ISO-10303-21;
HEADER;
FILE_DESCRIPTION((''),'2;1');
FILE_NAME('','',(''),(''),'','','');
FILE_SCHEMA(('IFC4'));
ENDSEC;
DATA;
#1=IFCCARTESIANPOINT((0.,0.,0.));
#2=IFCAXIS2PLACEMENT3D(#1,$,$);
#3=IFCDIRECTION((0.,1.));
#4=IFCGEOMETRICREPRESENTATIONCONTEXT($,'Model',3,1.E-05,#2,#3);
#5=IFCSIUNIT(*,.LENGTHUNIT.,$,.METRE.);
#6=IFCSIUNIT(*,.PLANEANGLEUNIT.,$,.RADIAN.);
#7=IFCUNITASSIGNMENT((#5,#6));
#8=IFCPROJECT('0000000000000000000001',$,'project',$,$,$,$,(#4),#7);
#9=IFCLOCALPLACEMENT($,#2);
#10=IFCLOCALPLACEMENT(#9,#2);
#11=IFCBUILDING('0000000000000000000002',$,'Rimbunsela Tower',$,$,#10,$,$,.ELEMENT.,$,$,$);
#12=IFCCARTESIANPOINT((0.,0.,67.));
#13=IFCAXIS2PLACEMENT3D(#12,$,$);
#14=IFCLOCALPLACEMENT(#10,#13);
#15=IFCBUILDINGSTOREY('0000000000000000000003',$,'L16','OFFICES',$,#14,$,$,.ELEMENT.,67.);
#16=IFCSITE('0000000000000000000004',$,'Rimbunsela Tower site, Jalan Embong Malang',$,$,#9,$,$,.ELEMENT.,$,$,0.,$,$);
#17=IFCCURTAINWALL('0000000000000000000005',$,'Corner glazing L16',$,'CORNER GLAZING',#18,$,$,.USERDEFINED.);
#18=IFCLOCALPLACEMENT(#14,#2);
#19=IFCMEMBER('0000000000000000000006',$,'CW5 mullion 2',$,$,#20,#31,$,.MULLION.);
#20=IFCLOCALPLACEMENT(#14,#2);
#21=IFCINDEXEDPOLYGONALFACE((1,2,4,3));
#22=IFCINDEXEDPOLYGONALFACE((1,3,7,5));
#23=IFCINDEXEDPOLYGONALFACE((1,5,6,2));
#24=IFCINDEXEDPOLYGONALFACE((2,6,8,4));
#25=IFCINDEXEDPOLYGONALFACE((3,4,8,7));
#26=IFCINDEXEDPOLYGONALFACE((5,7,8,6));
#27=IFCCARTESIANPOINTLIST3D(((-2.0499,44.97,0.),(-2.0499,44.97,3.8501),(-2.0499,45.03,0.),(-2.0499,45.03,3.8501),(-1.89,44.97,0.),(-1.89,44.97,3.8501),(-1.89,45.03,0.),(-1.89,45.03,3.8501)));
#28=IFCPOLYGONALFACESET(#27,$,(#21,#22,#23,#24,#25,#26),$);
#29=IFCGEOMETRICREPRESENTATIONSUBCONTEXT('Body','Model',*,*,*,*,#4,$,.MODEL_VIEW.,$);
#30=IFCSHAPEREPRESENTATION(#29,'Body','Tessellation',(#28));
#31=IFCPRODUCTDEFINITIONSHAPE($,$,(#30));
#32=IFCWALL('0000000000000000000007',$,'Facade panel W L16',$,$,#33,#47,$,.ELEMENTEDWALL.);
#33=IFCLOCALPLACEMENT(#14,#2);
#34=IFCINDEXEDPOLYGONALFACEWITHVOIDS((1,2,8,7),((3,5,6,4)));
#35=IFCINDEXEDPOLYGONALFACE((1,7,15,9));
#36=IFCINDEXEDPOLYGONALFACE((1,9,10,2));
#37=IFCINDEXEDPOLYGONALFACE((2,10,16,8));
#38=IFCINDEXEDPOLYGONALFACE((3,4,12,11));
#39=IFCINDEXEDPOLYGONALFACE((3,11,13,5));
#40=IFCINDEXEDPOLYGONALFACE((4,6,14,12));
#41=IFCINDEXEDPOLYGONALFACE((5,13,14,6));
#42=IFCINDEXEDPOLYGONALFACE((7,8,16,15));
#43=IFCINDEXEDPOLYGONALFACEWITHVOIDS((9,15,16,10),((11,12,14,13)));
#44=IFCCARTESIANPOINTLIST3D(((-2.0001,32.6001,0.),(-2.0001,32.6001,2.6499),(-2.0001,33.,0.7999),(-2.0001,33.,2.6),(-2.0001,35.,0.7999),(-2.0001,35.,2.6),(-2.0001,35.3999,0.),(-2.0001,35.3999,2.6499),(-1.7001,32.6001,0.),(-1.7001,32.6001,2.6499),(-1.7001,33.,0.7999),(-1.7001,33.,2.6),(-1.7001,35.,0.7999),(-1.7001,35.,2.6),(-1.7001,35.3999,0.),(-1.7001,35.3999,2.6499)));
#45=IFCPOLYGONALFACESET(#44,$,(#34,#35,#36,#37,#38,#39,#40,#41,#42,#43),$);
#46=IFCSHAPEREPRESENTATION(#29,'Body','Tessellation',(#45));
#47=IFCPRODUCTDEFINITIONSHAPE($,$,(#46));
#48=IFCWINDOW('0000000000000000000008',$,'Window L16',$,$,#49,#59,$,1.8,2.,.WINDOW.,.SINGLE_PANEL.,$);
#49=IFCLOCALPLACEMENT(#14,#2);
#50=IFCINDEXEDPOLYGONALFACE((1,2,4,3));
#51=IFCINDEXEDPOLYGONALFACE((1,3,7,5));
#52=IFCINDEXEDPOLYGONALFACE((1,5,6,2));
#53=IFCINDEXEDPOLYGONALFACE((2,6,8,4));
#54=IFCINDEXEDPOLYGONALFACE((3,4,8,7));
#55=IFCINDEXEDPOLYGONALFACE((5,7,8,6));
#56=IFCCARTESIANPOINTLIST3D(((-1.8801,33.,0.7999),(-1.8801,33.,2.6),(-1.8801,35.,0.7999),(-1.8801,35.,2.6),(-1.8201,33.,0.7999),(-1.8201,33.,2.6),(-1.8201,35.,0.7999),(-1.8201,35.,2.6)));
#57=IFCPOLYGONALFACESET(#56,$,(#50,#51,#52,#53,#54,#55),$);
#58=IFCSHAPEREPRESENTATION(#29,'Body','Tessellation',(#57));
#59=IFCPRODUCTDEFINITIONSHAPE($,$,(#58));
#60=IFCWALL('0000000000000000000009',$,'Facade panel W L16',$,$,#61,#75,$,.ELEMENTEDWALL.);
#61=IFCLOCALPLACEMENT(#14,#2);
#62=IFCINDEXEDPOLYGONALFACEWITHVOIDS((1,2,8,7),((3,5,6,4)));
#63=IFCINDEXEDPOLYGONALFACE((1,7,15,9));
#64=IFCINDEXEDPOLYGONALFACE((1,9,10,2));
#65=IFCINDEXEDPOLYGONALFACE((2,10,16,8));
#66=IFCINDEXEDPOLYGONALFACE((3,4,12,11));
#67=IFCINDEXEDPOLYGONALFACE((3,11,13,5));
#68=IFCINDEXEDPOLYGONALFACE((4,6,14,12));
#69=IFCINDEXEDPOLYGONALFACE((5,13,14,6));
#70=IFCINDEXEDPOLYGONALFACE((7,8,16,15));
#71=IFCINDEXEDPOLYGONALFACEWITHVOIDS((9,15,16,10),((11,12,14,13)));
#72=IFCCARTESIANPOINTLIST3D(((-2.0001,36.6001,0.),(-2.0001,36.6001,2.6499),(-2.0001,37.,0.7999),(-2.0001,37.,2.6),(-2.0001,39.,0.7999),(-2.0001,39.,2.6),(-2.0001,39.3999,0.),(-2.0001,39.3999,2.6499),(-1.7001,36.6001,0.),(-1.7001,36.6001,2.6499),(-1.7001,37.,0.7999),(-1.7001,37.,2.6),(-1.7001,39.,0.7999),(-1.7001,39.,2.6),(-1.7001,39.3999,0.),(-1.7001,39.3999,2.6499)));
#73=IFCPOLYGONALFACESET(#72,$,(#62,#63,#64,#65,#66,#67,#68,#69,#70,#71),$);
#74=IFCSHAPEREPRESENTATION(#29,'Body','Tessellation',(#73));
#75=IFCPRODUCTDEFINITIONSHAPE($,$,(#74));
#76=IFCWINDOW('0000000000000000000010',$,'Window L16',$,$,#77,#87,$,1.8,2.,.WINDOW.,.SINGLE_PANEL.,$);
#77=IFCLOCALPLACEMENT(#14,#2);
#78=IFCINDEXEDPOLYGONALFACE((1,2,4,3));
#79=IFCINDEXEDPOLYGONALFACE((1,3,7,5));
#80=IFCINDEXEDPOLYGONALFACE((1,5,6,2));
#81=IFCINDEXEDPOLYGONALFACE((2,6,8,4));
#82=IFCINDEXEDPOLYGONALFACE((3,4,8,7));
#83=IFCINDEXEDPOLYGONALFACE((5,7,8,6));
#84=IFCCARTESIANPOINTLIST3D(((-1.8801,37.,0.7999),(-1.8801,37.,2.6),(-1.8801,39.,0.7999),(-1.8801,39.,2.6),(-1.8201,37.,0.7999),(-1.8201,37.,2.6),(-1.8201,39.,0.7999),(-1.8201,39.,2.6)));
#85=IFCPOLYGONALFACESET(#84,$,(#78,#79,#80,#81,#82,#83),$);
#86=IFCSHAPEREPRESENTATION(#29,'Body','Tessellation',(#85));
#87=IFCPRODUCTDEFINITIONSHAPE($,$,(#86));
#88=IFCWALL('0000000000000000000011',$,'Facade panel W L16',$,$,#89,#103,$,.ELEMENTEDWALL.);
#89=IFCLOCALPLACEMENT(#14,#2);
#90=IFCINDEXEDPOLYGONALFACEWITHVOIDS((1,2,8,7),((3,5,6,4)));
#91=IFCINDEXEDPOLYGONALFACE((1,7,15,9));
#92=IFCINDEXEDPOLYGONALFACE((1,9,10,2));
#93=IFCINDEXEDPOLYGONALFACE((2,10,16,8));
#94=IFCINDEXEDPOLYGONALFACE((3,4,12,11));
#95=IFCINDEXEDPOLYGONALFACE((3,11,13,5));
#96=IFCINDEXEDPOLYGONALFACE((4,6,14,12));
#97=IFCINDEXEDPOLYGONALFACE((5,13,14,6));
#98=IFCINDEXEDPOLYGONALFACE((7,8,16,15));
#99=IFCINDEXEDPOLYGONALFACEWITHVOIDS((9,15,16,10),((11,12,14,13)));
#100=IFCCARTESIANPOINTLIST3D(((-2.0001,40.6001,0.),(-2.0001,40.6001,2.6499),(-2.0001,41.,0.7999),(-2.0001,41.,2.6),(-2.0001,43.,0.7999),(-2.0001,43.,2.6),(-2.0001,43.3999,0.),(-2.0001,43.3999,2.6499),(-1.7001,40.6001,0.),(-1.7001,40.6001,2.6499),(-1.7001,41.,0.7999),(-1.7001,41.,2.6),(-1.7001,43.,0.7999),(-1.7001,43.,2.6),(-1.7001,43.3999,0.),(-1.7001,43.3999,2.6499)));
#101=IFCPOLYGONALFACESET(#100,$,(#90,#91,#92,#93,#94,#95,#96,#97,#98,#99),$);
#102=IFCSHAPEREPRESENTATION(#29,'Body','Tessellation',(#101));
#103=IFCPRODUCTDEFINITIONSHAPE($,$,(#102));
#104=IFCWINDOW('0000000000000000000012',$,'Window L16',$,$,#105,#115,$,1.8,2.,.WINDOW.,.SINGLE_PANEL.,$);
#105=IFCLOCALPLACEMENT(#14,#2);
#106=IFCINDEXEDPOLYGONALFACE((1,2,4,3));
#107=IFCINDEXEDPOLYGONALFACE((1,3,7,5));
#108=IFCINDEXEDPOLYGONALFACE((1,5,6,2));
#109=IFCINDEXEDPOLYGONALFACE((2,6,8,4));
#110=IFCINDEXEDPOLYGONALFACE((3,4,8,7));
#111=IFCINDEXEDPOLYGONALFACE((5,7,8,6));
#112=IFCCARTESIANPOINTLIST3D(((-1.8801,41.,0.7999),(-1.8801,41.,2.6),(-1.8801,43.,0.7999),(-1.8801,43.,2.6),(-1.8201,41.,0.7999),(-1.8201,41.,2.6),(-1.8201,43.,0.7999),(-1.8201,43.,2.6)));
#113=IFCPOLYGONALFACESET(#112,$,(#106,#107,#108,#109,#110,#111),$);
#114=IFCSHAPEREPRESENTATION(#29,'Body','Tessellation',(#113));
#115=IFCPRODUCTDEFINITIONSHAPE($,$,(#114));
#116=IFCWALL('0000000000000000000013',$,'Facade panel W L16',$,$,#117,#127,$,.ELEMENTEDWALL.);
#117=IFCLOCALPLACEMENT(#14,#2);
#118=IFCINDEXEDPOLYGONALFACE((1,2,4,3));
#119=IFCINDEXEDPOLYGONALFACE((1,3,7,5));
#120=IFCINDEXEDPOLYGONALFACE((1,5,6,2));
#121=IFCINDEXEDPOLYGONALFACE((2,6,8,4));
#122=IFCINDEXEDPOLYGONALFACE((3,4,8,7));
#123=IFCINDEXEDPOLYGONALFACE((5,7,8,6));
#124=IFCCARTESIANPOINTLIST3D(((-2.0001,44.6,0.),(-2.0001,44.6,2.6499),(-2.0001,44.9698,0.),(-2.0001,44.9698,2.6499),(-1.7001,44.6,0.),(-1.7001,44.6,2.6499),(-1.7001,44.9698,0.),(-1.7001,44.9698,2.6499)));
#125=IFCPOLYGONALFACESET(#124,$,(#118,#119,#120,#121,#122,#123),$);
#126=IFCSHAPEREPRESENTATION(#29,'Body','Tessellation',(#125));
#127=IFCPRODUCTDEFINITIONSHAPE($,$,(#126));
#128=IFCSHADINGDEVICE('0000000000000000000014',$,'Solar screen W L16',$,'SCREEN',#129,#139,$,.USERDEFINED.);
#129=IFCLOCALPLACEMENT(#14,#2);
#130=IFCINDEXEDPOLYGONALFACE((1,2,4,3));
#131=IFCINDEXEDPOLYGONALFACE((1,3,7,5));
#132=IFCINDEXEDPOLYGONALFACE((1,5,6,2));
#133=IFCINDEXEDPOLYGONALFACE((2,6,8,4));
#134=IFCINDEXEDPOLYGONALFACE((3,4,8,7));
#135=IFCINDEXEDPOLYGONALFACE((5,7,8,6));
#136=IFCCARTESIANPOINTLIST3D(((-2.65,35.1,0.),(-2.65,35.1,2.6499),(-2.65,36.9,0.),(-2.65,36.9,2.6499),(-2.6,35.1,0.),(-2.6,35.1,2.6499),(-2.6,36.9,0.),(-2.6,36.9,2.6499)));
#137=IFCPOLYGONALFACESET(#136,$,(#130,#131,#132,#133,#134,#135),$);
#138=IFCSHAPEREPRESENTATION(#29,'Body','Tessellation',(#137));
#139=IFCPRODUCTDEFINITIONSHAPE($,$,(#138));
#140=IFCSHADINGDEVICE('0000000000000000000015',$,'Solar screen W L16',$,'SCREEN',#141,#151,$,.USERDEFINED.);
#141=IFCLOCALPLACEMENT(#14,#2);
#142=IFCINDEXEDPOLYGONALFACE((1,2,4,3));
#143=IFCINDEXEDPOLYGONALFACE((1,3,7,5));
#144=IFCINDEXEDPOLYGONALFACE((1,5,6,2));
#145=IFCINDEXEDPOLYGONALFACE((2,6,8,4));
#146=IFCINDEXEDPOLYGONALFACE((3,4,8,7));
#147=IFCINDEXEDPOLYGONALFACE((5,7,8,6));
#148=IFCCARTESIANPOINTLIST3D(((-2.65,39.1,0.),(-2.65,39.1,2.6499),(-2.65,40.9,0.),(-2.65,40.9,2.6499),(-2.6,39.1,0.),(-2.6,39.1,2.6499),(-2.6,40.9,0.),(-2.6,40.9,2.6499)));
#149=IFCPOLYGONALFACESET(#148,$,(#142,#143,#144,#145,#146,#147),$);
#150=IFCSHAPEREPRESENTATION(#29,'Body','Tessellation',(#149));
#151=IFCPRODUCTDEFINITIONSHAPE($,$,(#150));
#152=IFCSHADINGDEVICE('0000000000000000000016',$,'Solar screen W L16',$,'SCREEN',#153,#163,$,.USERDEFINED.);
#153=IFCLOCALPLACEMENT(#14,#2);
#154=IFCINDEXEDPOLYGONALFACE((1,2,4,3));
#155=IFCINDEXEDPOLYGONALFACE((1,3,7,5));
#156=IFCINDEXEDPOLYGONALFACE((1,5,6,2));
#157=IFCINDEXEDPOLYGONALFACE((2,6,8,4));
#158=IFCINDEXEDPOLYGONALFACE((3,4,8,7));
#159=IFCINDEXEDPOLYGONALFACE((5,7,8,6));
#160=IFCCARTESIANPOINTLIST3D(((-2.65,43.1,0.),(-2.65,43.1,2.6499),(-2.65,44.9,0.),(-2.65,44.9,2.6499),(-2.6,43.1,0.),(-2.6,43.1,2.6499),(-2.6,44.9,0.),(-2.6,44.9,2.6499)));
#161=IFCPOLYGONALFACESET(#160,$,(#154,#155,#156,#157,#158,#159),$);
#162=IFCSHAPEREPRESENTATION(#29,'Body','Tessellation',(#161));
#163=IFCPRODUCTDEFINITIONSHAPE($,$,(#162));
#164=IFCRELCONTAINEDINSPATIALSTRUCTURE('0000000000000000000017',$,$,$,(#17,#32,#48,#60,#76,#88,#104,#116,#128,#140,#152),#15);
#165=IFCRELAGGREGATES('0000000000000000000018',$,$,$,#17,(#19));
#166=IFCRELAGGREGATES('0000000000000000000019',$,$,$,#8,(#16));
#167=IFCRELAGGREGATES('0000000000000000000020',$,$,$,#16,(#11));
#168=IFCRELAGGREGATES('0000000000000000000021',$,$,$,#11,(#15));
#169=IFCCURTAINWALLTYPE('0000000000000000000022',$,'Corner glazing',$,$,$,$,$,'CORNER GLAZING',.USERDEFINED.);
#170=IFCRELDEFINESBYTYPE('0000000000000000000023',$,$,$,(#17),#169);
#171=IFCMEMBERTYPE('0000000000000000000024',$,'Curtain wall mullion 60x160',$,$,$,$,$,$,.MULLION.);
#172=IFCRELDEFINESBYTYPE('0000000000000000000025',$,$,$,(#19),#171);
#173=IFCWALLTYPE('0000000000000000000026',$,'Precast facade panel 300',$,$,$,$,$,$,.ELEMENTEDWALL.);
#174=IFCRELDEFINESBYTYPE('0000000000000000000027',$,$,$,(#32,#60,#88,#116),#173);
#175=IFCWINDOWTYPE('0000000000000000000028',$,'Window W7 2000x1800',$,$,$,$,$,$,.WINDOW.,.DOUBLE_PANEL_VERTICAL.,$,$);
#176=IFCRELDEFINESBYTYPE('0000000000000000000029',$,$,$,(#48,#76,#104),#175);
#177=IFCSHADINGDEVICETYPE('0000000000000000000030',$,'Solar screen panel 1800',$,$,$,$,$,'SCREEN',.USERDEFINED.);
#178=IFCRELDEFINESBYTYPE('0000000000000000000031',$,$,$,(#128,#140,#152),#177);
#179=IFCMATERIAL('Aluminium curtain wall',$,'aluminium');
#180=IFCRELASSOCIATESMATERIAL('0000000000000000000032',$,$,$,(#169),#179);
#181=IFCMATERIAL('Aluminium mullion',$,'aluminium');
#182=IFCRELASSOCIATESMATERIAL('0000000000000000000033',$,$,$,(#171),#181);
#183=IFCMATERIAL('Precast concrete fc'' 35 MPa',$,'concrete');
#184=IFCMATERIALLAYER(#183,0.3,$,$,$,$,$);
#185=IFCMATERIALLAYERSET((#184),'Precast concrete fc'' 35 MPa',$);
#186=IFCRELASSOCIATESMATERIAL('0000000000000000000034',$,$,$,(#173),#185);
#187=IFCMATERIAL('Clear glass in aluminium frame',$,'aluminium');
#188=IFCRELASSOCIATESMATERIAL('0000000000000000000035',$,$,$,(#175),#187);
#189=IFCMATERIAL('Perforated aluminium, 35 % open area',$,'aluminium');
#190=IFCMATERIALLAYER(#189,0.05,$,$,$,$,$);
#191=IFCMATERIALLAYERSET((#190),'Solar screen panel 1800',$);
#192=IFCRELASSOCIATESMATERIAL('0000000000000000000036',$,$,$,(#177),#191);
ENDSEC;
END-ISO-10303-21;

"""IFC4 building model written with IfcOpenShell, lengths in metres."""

from ifc_helpers import new_model, si_unit, direction, frame, frame_2d, origin, origin_2d, place, context, subcontext, project, spatial, rectangle, extrude, material, layer, layer_set, material_profile, profile_set, type_object, element, fill, aggregate, save


model = new_model("IFC4")

# Units and contexts
model_context = context("Model", 3, precision=1e-05, world=origin(), true_north=direction((0.0, 1.0)))
body_context = subcontext(model_context, "Body", "Model", "MODEL_VIEW")
ifc_project = project(units=[si_unit("LENGTHUNIT", "METRE"), si_unit("PLANEANGLEUNIT", "RADIAN")], contexts=[model_context])

# Site, building, storey
site_placement = place(None, origin())
site = spatial("IfcSite", under=ifc_project, at=site_placement, Name="Rimbunsela Tower site, Jalan Embong Malang", CompositionType="ELEMENT", RefElevation=0.0)
building_placement = place(site_placement, origin())
building = spatial("IfcBuilding", under=site, at=building_placement, Name="Rimbunsela Tower", CompositionType="ELEMENT")
storey_placement = place(building_placement, frame((0.0, 0.0, 67.0)))
storey = spatial("IfcBuildingStorey", under=building, at=storey_placement, Name="L16", Description="OFFICES", CompositionType="ELEMENT", Elevation=67.0)

# Curtain wall, member
ifc_material_1 = material(Name="Aluminium curtain wall", Category="aluminium")
curtain_wall_type = type_object("IfcCurtainWallType", Name="Corner glazing", ElementType="CORNER GLAZING", PredefinedType="USERDEFINED", material=ifc_material_1)
curtain_wall_placement = place(storey_placement, origin())
curtain_wall = element("IfcCurtainWall", 1, at=curtain_wall_placement, inside=storey, type_object=curtain_wall_type, Name="Corner glazing L16", ObjectType="CORNER GLAZING", PredefinedType="USERDEFINED")
ifc_material_2 = material(Name="Aluminium mullion", Category="aluminium")
ifc_material_profile_1 = material_profile(ifc_material_2, rectangle(XDim=0.0601, YDim=0.1599, at=origin_2d()), Name="Mullion 60x160")
ifc_profile_set_1 = profile_set([ifc_material_profile_1], Name="Aluminium mullion")
member_type = type_object("IfcMemberType", Name="Curtain wall mullion 60x160", PredefinedType="MULLION", material=ifc_profile_set_1)
member_placement = place(storey_placement, frame((-1.97, 45.0, 0.0), z_axis=(0.0, 0.0, 1.0), x_axis=(0.0, -1.0, 0.0)))
member = element("IfcMember", 2, at=member_placement, type_object=member_type, Name="CW5 mullion 2", PredefinedType="MULLION", context=body_context, shape_type="SweptSolid", body=[
    extrude(rectangle(XDim=0.0601, YDim=0.1599, at=origin_2d()), origin(), (0.0, 0.0, 1.0), 3.8501),
])
aggregate(curtain_wall, [member])

# Walls, openings, windows
ifc_material_3 = material(Name="Precast concrete fc' 35 MPa", Category="concrete")
ifc_layer_1 = layer(ifc_material_3, 0.3)
ifc_layer_set_1 = layer_set([ifc_layer_1], Name="Precast concrete fc' 35 MPa")
wall_type = type_object("IfcWallType", Name="Precast facade panel 300", PredefinedType="ELEMENTEDWALL", material=ifc_layer_set_1)
wall_1_placement = place(storey_placement, frame((-1.8501, 35.3999, 0.0), z_axis=(0.0, 0.0, 1.0), x_axis=(0.0, -1.0, 0.0)))
wall_1 = element("IfcWall", 3, at=wall_1_placement, inside=storey, type_object=wall_type, Name="Facade panel W L16", PredefinedType="ELEMENTEDWALL", context=body_context, shape_type="SweptSolid", body=[
    extrude(rectangle(XDim=2.7998, YDim=0.3, at=frame_2d((1.3999, 0.0))), origin(), (0.0, 0.0, 1.0), 2.6499),
])
opening_1_placement = place(wall_1_placement, frame((0.3999, 0.0, 0.8)))
opening_1 = element("IfcOpeningElement", 4, at=opening_1_placement, cuts=wall_1, PredefinedType="OPENING", context=body_context, shape_type="SweptSolid", body=[
    extrude(rectangle(XDim=2.0, YDim=1.8, at=frame_2d((1.0, 0.8999))), frame((0.0, 0.1599, 0.0), z_axis=(0.0, -1.0, 0.0), x_axis=(1.0, 0.0, 0.0)), (0.0, 0.0, 1.0), 0.3201),
])
ifc_material_4 = material(Name="Clear glass in aluminium frame", Category="aluminium")
window_type = type_object("IfcWindowType", Name="Window W7 2000x1800", PartitioningType="DOUBLE_PANEL_VERTICAL", PredefinedType="WINDOW", material=ifc_material_4)
window_1_placement = place(opening_1_placement, origin())
window_1 = element("IfcWindow", 5, at=window_1_placement, inside=storey, type_object=window_type, Name="Window L16", OverallHeight=1.8, OverallWidth=2.0, PartitioningType="SINGLE_PANEL", PredefinedType="WINDOW", context=body_context, shape_type="SweptSolid", body=[
    extrude(rectangle(XDim=2.0, YDim=1.8, at=frame_2d((1.0, 0.8999))), frame((0.0, 0.03, 0.0), z_axis=(0.0, -1.0, 0.0), x_axis=(1.0, 0.0, 0.0)), (0.0, 0.0, 1.0), 0.0601),
])
fill(opening_1, window_1)
wall_2_placement = place(storey_placement, frame((-1.8501, 39.3999, 0.0), z_axis=(0.0, 0.0, 1.0), x_axis=(0.0, -1.0, 0.0)))
wall_2 = element("IfcWall", 6, at=wall_2_placement, inside=storey, type_object=wall_type, Name="Facade panel W L16", PredefinedType="ELEMENTEDWALL", context=body_context, shape_type="SweptSolid", body=[
    extrude(rectangle(XDim=2.7998, YDim=0.3, at=frame_2d((1.3999, 0.0))), origin(), (0.0, 0.0, 1.0), 2.6499),
])
opening_2_placement = place(wall_2_placement, frame((0.3999, 0.0, 0.8)))
opening_2 = element("IfcOpeningElement", 7, at=opening_2_placement, cuts=wall_2, PredefinedType="OPENING", context=body_context, shape_type="SweptSolid", body=[
    extrude(rectangle(XDim=2.0, YDim=1.8, at=frame_2d((1.0, 0.8999))), frame((0.0, 0.1599, 0.0), z_axis=(0.0, -1.0, 0.0), x_axis=(1.0, 0.0, 0.0)), (0.0, 0.0, 1.0), 0.3201),
])
window_2_placement = place(opening_2_placement, origin())
window_2 = element("IfcWindow", 8, at=window_2_placement, inside=storey, type_object=window_type, Name="Window L16", OverallHeight=1.8, OverallWidth=2.0, PartitioningType="SINGLE_PANEL", PredefinedType="WINDOW", context=body_context, shape_type="SweptSolid", body=[
    extrude(rectangle(XDim=2.0, YDim=1.8, at=frame_2d((1.0, 0.8999))), frame((0.0, 0.03, 0.0), z_axis=(0.0, -1.0, 0.0), x_axis=(1.0, 0.0, 0.0)), (0.0, 0.0, 1.0), 0.0601),
])
fill(opening_2, window_2)
wall_3_placement = place(storey_placement, frame((-1.8501, 43.3999, 0.0), z_axis=(0.0, 0.0, 1.0), x_axis=(0.0, -1.0, 0.0)))
wall_3 = element("IfcWall", 9, at=wall_3_placement, inside=storey, type_object=wall_type, Name="Facade panel W L16", PredefinedType="ELEMENTEDWALL", context=body_context, shape_type="SweptSolid", body=[
    extrude(rectangle(XDim=2.7998, YDim=0.3, at=frame_2d((1.3999, 0.0))), origin(), (0.0, 0.0, 1.0), 2.6499),
])
opening_3_placement = place(wall_3_placement, frame((0.3999, 0.0, 0.8)))
opening_3 = element("IfcOpeningElement", 10, at=opening_3_placement, cuts=wall_3, PredefinedType="OPENING", context=body_context, shape_type="SweptSolid", body=[
    extrude(rectangle(XDim=2.0, YDim=1.8, at=frame_2d((1.0, 0.8999))), frame((0.0, 0.1599, 0.0), z_axis=(0.0, -1.0, 0.0), x_axis=(1.0, 0.0, 0.0)), (0.0, 0.0, 1.0), 0.3201),
])
window_3_placement = place(opening_3_placement, origin())
window_3 = element("IfcWindow", 11, at=window_3_placement, inside=storey, type_object=window_type, Name="Window L16", OverallHeight=1.8, OverallWidth=2.0, PartitioningType="SINGLE_PANEL", PredefinedType="WINDOW", context=body_context, shape_type="SweptSolid", body=[
    extrude(rectangle(XDim=2.0, YDim=1.8, at=frame_2d((1.0, 0.8999))), frame((0.0, 0.03, 0.0), z_axis=(0.0, -1.0, 0.0), x_axis=(1.0, 0.0, 0.0)), (0.0, 0.0, 1.0), 0.0601),
])
fill(opening_3, window_3)

# Wall
wall_4_placement = place(storey_placement, frame((-1.8501, 44.97, 0.0), z_axis=(0.0, 0.0, 1.0), x_axis=(0.0, -1.0, 0.0)))
element("IfcWall", 12, at=wall_4_placement, inside=storey, type_object=wall_type, Name="Facade panel W L16", PredefinedType="ELEMENTEDWALL", context=body_context, shape_type="SweptSolid", body=[
    extrude(rectangle(XDim=0.3699, YDim=0.3, at=frame_2d((0.1851, 0.0))), origin(), (0.0, 0.0, 1.0), 2.6499),
])

# Shading devices
ifc_material_5 = material(Name="Perforated aluminium, 35 % open area", Category="aluminium")
ifc_layer_2 = layer(ifc_material_5, 0.05)
ifc_layer_set_2 = layer_set([ifc_layer_2], Name="Solar screen panel 1800")
shading_device_type = type_object("IfcShadingDeviceType", Name="Solar screen panel 1800", ElementType="SCREEN", PredefinedType="USERDEFINED", material=ifc_layer_set_2)
for number, where, z_axis, x_axis, name in (
    (13, (-2.625, 36.0, 0.0), (0.0, 0.0, 1.0), (0.0, 1.0, 0.0), "Solar screen W L16"),
    (14, (-2.625, 40.0, 0.0), (0.0, 0.0, 1.0), (0.0, 1.0, 0.0), "Solar screen W L16"),
    (15, (-2.625, 44.0, 0.0), (0.0, 0.0, 1.0), (0.0, 1.0, 0.0), "Solar screen W L16"),
):
    element("IfcShadingDevice", number, at=place(storey_placement, frame(where, z_axis=z_axis, x_axis=x_axis)), inside=storey, type_object=shading_device_type, Name=name, ObjectType="SCREEN", PredefinedType="USERDEFINED", context=body_context, shape_type="SweptSolid", body=[
        extrude(rectangle(XDim=1.8, YDim=0.05, at=origin_2d()), origin(), (0.0, 0.0, 1.0), 2.6499),
    ])

save(model, "model.ifc")
